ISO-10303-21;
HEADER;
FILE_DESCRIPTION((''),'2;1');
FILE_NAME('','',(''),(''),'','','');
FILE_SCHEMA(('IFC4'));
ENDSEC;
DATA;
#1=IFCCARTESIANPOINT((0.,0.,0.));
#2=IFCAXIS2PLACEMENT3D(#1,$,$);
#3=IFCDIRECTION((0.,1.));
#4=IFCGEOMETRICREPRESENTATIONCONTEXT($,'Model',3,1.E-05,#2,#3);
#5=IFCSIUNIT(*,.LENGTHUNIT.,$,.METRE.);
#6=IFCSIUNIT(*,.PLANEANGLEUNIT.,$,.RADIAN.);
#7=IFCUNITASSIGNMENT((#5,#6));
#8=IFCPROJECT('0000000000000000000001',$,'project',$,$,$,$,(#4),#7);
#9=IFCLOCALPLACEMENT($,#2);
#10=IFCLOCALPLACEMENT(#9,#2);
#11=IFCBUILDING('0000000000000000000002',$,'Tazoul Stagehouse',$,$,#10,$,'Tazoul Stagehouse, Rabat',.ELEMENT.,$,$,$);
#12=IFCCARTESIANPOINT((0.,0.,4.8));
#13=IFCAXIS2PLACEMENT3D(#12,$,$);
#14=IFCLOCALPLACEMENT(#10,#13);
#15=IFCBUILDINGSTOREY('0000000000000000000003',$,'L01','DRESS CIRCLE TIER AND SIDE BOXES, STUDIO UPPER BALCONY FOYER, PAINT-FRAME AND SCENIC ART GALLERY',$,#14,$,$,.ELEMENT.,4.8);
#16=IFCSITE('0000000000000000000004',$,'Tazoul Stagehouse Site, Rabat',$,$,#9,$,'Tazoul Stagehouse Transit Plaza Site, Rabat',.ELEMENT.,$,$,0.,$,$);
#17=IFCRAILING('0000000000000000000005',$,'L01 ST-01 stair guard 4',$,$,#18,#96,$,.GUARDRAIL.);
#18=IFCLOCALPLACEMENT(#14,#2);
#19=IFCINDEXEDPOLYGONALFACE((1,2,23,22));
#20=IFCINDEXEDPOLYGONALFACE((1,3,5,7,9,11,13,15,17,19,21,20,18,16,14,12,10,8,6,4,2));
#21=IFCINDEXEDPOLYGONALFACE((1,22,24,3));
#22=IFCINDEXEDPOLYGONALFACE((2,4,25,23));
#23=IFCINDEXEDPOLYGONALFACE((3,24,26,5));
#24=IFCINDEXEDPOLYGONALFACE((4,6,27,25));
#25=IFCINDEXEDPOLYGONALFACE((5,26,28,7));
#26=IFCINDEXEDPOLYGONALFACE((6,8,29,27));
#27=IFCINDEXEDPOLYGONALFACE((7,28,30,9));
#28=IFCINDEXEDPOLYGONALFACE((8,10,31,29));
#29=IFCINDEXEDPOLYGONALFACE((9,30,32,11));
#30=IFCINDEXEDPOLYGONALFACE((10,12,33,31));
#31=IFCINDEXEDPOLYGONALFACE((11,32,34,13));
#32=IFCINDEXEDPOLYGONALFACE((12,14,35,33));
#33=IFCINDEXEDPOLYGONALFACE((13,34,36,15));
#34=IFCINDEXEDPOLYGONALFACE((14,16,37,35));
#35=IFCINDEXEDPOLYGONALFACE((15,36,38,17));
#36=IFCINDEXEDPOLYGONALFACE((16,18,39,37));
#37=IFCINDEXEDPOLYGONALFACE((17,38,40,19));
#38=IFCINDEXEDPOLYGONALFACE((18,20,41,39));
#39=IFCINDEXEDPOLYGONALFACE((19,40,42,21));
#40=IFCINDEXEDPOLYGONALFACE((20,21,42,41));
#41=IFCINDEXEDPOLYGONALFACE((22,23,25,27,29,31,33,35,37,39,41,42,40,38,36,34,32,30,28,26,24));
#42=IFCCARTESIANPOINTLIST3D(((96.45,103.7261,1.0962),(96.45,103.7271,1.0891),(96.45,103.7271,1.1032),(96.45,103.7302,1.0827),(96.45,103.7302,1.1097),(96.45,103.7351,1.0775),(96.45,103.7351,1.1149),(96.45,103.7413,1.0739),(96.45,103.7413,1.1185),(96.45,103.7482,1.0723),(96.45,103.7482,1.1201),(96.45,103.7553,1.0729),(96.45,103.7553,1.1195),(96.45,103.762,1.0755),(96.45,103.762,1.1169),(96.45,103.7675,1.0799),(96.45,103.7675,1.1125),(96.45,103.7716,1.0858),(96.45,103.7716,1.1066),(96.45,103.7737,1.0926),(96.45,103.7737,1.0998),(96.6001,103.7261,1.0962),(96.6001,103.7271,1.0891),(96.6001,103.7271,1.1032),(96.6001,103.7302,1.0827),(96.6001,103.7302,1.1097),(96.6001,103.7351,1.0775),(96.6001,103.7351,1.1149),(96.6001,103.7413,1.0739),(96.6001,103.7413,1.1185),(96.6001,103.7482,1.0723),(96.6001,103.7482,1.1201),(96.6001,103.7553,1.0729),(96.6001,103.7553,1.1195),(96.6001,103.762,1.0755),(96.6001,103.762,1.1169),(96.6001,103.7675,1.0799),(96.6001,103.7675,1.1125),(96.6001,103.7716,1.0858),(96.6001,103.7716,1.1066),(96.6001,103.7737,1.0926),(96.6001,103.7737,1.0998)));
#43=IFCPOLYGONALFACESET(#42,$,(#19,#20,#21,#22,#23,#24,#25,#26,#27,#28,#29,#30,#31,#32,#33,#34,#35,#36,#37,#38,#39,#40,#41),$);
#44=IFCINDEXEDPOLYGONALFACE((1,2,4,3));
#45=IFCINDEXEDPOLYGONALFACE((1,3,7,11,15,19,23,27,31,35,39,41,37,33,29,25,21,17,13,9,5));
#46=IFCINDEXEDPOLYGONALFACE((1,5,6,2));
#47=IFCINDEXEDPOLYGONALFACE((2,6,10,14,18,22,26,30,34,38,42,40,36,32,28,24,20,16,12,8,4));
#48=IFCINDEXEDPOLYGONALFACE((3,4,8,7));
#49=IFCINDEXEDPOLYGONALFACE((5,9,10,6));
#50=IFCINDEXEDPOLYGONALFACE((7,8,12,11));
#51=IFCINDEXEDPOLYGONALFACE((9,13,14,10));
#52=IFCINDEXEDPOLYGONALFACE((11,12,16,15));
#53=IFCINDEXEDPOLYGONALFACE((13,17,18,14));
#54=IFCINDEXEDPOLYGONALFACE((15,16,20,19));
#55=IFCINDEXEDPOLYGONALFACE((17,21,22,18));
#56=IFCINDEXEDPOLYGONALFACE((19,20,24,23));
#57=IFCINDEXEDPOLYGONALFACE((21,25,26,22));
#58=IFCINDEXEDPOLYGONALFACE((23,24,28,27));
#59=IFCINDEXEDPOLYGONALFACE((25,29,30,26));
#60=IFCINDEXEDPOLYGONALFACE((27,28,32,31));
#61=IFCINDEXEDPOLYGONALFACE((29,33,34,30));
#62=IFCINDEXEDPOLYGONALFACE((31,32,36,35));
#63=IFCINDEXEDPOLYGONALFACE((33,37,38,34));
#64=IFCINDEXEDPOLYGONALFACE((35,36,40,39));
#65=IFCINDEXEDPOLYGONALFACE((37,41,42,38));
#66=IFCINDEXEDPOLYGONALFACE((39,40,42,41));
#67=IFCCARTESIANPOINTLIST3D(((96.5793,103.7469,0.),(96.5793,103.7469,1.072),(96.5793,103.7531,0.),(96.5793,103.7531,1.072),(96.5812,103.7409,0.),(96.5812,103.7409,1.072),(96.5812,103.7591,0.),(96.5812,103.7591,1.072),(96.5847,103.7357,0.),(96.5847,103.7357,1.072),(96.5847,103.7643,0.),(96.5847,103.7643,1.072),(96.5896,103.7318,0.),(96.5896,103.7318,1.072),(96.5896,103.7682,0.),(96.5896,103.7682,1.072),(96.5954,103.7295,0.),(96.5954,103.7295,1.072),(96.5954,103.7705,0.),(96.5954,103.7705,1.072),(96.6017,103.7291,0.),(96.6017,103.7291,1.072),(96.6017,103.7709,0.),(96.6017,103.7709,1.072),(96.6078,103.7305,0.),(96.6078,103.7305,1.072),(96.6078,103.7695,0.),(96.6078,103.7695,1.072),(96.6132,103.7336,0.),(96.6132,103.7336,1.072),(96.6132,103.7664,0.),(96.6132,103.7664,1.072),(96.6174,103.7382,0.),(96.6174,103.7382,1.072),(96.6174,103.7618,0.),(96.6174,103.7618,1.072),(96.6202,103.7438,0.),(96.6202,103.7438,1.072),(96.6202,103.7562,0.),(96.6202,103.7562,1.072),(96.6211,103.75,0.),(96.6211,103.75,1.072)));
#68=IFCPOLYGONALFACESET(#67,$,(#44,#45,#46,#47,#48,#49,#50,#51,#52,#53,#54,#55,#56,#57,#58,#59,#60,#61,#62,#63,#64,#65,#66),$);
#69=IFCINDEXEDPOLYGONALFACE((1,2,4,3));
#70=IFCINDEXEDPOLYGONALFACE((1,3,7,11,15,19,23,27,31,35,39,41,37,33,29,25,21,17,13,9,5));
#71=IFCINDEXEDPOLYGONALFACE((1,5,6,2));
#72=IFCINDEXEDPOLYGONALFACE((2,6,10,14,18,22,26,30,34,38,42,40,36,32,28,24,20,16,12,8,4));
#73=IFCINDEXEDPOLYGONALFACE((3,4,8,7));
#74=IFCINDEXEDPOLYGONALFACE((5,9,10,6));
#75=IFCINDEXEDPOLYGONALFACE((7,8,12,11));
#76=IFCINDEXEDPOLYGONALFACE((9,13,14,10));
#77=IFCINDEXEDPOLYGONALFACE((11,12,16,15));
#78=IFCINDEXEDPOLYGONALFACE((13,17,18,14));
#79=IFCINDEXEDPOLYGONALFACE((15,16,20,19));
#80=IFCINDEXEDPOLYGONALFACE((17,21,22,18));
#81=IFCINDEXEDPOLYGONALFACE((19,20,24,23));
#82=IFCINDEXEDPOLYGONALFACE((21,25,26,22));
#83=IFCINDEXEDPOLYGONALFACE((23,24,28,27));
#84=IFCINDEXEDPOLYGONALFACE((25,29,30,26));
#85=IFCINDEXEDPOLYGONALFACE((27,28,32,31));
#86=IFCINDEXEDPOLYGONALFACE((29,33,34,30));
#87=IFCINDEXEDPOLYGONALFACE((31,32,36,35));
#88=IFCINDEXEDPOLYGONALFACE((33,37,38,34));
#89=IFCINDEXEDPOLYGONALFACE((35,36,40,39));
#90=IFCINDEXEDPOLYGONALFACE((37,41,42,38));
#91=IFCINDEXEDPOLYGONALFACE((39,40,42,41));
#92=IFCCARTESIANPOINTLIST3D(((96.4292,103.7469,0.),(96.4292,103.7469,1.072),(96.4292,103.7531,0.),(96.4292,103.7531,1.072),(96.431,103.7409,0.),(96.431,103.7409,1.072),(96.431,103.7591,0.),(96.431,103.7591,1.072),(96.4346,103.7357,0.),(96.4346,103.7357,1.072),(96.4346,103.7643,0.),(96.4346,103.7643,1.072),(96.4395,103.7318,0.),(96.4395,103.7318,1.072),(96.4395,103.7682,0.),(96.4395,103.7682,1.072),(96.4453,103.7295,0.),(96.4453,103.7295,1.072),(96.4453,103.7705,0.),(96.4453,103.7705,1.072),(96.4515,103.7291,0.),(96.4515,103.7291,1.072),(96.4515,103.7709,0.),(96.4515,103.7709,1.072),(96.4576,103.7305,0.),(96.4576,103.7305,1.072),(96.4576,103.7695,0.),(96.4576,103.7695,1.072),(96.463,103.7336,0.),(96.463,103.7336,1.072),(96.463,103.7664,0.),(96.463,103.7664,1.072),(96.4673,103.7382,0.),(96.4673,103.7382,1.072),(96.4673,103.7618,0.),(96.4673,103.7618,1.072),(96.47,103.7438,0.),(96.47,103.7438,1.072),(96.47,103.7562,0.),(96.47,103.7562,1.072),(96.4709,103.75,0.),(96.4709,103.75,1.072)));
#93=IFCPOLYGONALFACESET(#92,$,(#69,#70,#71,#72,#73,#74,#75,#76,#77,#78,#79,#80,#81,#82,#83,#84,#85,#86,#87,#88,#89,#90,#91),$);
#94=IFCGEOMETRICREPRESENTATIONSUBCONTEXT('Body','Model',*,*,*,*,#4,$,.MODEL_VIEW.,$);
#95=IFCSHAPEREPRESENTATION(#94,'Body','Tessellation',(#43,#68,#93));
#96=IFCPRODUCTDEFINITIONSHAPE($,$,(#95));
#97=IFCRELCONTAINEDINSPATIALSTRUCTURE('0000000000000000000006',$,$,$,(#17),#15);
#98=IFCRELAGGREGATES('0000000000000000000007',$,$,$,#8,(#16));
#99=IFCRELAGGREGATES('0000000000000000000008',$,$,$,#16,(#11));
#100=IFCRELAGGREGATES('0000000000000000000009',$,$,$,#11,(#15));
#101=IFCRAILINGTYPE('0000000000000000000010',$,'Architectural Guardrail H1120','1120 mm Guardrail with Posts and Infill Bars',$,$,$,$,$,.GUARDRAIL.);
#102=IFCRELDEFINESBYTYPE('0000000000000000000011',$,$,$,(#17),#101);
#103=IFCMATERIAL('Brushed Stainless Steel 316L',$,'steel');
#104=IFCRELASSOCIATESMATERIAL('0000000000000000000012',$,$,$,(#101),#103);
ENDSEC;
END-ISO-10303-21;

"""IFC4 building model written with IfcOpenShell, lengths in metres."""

from ifc_helpers import new_model, si_unit, direction, frame, origin, origin_2d, place, context, subcontext, project, spatial, circle, extrude, material, material_profile, profile_set, type_object, element, save


model = new_model("IFC4")

# Units and contexts
model_context = context("Model", 3, precision=1e-05, world=origin(), true_north=direction((0.0, 1.0)))
body_context = subcontext(model_context, "Body", "Model", "MODEL_VIEW")
ifc_project = project(units=[si_unit("LENGTHUNIT", "METRE"), si_unit("PLANEANGLEUNIT", "RADIAN")], contexts=[model_context])

# Site, building, storey
site_placement = place(None, origin())
site = spatial("IfcSite", under=ifc_project, at=site_placement, Name="Tazoul Stagehouse Site, Rabat", LongName="Tazoul Stagehouse Transit Plaza Site, Rabat", CompositionType="ELEMENT", RefElevation=0.0)
building_placement = place(site_placement, origin())
building = spatial("IfcBuilding", under=site, at=building_placement, Name="Tazoul Stagehouse", LongName="Tazoul Stagehouse, Rabat", CompositionType="ELEMENT")
storey_placement = place(building_placement, frame((0.0, 0.0, 4.8)))
storey = spatial("IfcBuildingStorey", under=building, at=storey_placement, Name="L01", Description="DRESS CIRCLE TIER AND SIDE BOXES, STUDIO UPPER BALCONY FOYER, PAINT-FRAME AND SCENIC ART GALLERY", CompositionType="ELEMENT", Elevation=4.8)

# Railing
ifc_material_1 = material(Name="Brushed Stainless Steel 316L", Category="steel")
ifc_material_profile_1 = material_profile(ifc_material_1, circle(Radius=0.0239, at=origin_2d()), Name="SS RAIL D48")
ifc_profile_set_1 = profile_set([ifc_material_profile_1], Name="Brushed Stainless Steel 316L")
railing_type_1 = type_object("IfcRailingType", Name="Architectural Guardrail H1120", Description="1120 mm Guardrail with Posts and Infill Bars", PredefinedType="GUARDRAIL", material=ifc_profile_set_1)
railing_1_placement = place(storey_placement, frame((96.6001, 103.75, 0.0)))
element("IfcRailing", 1, at=railing_1_placement, inside=storey, type_object=railing_type_1, Name="L01 ST-01 stair guard 4", PredefinedType="GUARDRAIL", context=body_context, shape_type="SweptSolid", body=[
    extrude(circle(Radius=0.0239, at=origin_2d()), frame((0.0, 0.0, 1.0962), z_axis=(-1.0, 0.0, 0.0), x_axis=(0.0, -1.0, 0.0)), (0.0, 0.0, 1.0), 0.1501),
    extrude(circle(Radius=0.021, at=origin_2d()), origin(), (0.0, 0.0, 1.0), 1.072),
    extrude(circle(Radius=0.021, at=origin_2d()), frame((-0.1501, 0.0, 0.0)), (0.0, 0.0, 1.0), 1.072),
])

save(model, "model.ifc")
